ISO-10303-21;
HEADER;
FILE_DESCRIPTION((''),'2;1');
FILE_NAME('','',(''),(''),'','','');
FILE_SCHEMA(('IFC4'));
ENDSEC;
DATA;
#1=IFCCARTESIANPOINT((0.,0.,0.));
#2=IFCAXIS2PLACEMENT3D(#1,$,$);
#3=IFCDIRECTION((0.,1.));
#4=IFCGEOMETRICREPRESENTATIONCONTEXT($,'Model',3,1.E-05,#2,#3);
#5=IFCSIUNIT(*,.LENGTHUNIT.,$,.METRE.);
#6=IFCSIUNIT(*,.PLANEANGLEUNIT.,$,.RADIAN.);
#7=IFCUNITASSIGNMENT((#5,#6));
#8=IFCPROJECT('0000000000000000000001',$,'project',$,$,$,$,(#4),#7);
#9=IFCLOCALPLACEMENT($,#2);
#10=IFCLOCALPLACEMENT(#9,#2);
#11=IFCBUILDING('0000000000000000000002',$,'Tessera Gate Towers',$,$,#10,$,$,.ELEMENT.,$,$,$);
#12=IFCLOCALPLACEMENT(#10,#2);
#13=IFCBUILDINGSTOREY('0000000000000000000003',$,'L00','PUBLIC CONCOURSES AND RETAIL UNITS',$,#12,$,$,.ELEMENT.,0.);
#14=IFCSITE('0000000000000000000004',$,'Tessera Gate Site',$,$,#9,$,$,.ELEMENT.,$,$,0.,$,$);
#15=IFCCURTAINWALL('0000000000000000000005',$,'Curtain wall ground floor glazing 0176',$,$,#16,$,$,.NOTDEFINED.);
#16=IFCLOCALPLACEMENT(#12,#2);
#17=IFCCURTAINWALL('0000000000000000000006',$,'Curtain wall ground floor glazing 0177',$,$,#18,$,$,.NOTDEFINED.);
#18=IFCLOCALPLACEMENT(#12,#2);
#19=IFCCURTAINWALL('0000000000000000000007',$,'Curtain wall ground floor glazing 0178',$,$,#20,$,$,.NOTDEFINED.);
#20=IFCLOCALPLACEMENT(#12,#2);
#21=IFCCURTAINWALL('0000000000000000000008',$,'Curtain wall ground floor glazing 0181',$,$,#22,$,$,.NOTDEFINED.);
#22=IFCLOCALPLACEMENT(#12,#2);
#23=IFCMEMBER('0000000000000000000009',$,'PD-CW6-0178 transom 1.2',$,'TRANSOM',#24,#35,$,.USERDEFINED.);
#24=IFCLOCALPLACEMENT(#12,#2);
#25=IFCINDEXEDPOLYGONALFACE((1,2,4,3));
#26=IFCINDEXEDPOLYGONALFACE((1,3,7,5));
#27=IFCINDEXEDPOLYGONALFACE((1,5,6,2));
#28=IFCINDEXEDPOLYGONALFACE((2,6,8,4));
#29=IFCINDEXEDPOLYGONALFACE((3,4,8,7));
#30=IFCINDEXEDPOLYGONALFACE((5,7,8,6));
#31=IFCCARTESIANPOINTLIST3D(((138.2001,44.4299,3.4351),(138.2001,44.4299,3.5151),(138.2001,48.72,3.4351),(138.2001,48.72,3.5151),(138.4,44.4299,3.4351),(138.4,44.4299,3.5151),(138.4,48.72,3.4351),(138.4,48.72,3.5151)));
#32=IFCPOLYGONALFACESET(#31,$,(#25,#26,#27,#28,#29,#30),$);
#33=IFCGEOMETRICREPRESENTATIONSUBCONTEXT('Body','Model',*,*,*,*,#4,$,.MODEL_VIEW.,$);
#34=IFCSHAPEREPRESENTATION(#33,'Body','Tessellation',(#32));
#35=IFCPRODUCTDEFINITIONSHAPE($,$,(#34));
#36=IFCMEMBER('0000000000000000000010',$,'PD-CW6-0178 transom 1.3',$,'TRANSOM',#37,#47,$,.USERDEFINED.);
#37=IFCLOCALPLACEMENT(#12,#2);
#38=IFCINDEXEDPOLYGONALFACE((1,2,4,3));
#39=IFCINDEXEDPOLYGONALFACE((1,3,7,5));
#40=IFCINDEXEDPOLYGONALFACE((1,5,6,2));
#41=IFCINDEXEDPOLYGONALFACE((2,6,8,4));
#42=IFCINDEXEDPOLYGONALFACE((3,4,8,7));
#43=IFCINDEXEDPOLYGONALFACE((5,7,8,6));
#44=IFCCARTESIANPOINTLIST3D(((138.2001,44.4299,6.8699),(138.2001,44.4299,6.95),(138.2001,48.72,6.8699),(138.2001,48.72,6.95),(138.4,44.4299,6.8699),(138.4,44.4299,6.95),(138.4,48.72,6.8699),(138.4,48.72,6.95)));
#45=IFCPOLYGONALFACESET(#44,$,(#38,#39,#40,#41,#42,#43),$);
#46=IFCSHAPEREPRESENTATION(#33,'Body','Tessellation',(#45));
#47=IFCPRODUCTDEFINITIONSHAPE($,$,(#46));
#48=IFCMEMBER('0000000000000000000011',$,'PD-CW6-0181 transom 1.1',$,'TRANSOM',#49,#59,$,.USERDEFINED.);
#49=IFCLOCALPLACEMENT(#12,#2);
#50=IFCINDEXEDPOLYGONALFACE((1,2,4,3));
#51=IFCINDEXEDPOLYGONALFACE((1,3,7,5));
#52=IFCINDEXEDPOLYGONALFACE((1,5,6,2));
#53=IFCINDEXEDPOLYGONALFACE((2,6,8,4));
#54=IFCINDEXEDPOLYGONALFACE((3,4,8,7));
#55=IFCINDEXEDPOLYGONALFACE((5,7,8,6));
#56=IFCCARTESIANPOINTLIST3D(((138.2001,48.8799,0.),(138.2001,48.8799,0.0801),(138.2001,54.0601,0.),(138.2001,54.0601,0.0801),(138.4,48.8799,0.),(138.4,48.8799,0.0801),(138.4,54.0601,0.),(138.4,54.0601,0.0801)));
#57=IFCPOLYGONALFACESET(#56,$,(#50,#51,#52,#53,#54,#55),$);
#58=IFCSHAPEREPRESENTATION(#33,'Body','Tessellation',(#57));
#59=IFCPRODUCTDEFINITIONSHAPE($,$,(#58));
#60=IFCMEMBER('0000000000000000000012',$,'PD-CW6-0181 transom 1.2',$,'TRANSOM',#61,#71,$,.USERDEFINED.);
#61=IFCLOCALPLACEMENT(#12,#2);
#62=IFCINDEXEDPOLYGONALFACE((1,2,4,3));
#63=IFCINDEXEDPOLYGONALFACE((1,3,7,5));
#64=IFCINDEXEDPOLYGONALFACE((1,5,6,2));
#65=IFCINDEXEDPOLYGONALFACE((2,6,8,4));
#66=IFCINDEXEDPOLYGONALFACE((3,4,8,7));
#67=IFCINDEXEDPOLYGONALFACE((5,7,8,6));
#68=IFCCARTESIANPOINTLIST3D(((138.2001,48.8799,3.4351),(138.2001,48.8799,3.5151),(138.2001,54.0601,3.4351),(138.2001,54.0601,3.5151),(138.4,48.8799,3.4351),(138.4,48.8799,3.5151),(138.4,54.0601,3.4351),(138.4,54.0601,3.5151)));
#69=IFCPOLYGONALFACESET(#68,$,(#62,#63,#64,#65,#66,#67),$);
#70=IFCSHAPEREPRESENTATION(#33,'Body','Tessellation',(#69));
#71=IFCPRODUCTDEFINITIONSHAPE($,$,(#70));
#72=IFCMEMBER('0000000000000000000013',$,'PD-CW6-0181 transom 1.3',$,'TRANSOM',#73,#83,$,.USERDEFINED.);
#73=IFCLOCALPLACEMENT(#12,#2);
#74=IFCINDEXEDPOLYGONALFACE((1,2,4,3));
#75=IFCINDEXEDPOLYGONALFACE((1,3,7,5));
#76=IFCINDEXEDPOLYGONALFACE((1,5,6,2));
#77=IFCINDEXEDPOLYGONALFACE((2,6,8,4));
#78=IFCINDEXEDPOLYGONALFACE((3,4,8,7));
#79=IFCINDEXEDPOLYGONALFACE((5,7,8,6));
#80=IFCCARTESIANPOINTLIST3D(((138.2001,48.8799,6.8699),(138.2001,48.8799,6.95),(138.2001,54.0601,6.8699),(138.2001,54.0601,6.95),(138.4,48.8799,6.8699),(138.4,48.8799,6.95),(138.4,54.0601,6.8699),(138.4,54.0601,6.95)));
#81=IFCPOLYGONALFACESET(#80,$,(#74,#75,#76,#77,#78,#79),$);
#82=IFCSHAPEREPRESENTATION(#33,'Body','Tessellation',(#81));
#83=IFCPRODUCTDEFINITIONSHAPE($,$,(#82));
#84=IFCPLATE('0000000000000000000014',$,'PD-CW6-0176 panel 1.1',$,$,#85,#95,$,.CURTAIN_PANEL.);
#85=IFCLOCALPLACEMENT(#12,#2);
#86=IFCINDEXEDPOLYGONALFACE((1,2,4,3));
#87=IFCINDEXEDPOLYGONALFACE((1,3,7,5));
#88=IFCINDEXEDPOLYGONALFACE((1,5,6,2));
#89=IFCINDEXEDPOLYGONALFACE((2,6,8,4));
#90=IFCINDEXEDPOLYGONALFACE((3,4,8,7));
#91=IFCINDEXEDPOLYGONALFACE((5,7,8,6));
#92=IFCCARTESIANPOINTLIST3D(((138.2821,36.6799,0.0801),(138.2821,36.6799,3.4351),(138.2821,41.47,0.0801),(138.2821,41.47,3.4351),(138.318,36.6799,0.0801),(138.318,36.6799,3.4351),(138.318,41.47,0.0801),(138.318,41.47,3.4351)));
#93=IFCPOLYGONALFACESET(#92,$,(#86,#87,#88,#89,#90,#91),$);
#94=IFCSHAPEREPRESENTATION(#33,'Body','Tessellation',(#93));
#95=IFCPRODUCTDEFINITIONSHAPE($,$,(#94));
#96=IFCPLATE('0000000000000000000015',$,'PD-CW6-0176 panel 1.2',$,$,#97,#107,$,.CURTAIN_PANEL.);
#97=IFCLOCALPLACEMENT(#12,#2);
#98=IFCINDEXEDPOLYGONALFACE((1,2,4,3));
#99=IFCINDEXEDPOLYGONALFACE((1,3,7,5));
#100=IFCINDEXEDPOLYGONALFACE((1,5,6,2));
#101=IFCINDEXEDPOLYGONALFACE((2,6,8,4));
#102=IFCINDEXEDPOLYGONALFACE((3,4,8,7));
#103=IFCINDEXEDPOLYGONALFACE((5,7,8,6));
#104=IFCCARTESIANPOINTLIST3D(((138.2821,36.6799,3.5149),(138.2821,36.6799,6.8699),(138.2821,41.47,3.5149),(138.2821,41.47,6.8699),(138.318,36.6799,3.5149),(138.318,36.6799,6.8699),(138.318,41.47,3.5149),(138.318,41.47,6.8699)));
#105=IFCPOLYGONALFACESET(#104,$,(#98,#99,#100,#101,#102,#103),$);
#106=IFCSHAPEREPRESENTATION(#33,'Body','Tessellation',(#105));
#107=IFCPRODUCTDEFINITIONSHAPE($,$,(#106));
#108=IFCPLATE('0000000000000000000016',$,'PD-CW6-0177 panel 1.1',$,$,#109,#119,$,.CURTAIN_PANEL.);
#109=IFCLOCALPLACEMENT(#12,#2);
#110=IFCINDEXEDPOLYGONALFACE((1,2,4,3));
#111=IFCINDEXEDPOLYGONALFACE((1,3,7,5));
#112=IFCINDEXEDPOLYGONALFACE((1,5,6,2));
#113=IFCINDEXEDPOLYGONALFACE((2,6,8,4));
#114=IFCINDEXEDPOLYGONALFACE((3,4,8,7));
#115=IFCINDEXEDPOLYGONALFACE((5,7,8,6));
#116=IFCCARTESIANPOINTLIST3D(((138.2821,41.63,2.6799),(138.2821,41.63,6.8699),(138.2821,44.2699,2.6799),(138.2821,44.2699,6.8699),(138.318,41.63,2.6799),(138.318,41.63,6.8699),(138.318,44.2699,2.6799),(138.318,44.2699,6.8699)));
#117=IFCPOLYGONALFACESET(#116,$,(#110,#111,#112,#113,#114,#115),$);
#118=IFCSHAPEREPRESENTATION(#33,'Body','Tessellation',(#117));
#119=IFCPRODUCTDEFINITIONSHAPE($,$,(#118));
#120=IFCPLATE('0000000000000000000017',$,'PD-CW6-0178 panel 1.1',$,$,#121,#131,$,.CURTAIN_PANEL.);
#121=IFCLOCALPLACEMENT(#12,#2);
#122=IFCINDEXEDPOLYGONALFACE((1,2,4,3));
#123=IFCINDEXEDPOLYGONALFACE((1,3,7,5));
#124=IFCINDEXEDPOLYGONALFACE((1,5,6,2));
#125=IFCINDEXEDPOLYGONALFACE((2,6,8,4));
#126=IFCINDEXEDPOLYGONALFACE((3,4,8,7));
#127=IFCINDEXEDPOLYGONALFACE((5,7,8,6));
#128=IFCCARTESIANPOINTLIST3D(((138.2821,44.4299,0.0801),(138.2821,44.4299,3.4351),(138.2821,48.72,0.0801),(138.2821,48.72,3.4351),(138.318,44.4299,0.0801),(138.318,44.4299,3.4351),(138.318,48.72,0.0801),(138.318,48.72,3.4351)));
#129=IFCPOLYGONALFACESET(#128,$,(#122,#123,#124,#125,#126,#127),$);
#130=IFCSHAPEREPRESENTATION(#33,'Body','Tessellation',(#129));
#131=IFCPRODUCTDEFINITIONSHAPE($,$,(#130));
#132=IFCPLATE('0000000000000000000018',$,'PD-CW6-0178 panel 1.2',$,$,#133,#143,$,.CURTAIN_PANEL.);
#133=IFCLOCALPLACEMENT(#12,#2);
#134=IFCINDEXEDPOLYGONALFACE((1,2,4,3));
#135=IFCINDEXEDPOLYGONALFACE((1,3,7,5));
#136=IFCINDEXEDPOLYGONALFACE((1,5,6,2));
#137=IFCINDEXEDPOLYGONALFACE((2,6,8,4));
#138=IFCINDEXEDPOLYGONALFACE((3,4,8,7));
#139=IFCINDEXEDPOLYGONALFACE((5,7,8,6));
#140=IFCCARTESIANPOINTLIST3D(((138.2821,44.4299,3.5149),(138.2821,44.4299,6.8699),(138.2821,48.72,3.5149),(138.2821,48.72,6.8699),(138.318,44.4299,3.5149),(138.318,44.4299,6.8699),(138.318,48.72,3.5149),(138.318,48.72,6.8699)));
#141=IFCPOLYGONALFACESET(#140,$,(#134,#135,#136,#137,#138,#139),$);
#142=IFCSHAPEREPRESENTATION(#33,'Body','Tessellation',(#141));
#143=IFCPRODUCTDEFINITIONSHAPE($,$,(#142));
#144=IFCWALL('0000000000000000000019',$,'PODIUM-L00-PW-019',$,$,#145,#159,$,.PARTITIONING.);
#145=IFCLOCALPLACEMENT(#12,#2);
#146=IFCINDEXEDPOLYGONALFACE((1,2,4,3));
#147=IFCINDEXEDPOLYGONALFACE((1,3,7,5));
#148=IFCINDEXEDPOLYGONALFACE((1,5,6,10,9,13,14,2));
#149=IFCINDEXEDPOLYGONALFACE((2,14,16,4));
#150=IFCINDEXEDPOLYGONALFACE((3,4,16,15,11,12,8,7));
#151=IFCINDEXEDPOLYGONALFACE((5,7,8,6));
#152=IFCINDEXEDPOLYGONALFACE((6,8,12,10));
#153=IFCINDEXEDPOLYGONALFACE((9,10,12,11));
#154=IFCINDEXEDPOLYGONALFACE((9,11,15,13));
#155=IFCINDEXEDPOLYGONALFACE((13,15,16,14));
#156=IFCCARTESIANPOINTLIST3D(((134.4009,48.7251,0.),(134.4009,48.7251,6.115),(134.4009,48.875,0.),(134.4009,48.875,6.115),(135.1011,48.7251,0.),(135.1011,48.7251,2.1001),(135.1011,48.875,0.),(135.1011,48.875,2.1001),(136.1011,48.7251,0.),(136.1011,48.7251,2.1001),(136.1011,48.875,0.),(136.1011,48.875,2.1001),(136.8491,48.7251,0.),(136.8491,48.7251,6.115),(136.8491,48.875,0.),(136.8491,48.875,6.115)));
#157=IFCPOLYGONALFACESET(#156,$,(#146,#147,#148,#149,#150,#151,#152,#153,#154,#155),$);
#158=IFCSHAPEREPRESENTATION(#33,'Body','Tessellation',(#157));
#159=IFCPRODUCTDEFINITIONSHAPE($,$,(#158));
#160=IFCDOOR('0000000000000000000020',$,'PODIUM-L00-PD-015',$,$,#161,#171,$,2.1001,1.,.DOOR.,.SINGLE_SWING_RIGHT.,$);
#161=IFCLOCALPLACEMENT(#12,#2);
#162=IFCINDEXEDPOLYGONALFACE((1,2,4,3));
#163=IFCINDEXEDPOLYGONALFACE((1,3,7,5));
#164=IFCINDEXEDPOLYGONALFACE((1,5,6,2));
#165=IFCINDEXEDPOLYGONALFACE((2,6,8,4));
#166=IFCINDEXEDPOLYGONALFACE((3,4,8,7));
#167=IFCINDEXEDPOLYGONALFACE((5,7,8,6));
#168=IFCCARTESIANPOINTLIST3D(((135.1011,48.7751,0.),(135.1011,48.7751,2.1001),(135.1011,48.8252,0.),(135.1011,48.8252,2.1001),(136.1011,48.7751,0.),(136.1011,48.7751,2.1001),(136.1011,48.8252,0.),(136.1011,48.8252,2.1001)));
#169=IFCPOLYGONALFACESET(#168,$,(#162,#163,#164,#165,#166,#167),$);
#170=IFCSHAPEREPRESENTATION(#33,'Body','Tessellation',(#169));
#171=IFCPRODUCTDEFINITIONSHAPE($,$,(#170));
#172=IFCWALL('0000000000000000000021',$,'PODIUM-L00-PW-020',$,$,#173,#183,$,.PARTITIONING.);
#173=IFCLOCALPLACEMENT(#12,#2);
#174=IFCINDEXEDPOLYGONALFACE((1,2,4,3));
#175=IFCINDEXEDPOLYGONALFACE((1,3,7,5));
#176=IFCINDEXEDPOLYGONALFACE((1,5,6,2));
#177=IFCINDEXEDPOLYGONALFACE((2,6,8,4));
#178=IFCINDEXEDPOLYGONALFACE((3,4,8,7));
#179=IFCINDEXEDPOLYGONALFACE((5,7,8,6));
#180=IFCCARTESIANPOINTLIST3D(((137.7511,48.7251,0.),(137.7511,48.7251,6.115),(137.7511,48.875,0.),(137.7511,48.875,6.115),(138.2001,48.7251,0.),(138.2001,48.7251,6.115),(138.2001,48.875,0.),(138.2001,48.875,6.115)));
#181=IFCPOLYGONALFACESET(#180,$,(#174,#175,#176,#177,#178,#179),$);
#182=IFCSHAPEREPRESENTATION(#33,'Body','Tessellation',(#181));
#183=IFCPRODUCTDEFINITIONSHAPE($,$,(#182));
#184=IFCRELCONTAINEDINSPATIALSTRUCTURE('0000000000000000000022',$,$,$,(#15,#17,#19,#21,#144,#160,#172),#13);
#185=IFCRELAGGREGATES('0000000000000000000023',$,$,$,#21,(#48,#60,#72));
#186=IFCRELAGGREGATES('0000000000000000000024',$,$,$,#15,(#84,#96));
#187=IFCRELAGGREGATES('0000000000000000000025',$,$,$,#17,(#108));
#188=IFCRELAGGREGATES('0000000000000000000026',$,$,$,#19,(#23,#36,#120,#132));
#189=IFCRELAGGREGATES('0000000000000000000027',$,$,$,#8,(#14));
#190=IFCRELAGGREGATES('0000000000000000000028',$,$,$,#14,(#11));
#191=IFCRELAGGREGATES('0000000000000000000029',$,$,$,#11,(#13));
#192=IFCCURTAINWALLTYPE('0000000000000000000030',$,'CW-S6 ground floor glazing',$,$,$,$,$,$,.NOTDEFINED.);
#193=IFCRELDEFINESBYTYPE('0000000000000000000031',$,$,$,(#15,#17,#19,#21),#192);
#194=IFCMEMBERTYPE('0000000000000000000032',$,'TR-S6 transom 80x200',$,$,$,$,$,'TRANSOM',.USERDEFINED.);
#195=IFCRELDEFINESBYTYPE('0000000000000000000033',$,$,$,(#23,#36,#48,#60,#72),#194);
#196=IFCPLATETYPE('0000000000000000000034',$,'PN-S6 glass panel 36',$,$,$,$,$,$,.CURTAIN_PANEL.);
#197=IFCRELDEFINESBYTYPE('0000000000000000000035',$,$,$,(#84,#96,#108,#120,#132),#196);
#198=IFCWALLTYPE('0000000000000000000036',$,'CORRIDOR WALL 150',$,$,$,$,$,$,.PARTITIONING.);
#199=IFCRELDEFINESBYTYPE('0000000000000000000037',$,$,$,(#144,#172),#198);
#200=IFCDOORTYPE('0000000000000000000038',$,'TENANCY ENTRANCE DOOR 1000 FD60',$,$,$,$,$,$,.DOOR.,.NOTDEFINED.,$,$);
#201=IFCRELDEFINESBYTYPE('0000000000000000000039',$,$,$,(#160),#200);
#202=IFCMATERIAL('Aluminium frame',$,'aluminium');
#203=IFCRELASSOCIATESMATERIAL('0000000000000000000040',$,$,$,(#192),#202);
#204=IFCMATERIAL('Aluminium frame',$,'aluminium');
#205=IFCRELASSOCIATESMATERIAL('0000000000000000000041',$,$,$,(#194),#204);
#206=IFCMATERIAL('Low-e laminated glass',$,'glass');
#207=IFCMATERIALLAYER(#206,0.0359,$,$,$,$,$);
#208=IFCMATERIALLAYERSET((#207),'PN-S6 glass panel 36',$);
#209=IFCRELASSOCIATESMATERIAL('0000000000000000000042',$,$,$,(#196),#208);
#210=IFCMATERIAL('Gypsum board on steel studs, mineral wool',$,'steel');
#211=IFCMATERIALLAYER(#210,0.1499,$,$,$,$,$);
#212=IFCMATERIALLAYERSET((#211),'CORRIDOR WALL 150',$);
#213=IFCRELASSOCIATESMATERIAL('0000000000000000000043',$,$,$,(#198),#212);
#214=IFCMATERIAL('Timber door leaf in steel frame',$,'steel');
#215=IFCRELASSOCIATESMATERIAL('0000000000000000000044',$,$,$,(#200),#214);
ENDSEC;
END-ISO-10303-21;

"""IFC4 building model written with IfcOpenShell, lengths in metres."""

from ifc_helpers import new_model, si_unit, direction, frame, frame_2d, origin, origin_2d, place, context, subcontext, project, spatial, rectangle, extrude, source, transform, mapped, material, layer, layer_set, material_profile, profile_set, type_object, element, fill, aggregate, save


model = new_model("IFC4")

# Units and contexts
model_context = context("Model", 3, precision=1e-05, world=origin(), true_north=direction((0.0, 1.0)))
body_context = subcontext(model_context, "Body", "Model", "MODEL_VIEW")
ifc_project = project(units=[si_unit("LENGTHUNIT", "METRE"), si_unit("PLANEANGLEUNIT", "RADIAN")], contexts=[model_context])

# Site, building, storey
site_placement = place(None, origin())
site = spatial("IfcSite", under=ifc_project, at=site_placement, Name="Tessera Gate Site", CompositionType="ELEMENT", RefElevation=0.0)
building_placement = place(site_placement, origin())
building = spatial("IfcBuilding", under=site, at=building_placement, Name="Tessera Gate Towers", CompositionType="ELEMENT")
storey_placement = place(building_placement, origin())
storey = spatial("IfcBuildingStorey", under=building, at=storey_placement, Name="L00", Description="PUBLIC CONCOURSES AND RETAIL UNITS", CompositionType="ELEMENT", Elevation=0.0)

# Curtain wall
ifc_material_1 = material(Name="Aluminium frame", Category="aluminium")
curtain_wall_type = type_object("IfcCurtainWallType", Name="CW-S6 ground floor glazing", PredefinedType="NOTDEFINED", material=ifc_material_1)
curtain_wall_1_placement = place(storey_placement, origin())
curtain_wall_1 = element("IfcCurtainWall", 1, at=curtain_wall_1_placement, inside=storey, type_object=curtain_wall_type, Name="Curtain wall ground floor glazing 0176", PredefinedType="NOTDEFINED")

# Curtain walls
curtain_wall_2_placement = place(storey_placement, origin())
curtain_wall_2 = element("IfcCurtainWall", 2, at=curtain_wall_2_placement, inside=storey, type_object=curtain_wall_type, Name="Curtain wall ground floor glazing 0177", PredefinedType="NOTDEFINED")
curtain_wall_3_placement = place(storey_placement, origin())
curtain_wall_3 = element("IfcCurtainWall", 3, at=curtain_wall_3_placement, inside=storey, type_object=curtain_wall_type, Name="Curtain wall ground floor glazing 0178", PredefinedType="NOTDEFINED")

# Curtain wall
curtain_wall_4_placement = place(storey_placement, origin())
curtain_wall_4 = element("IfcCurtainWall", 4, at=curtain_wall_4_placement, inside=storey, type_object=curtain_wall_type, Name="Curtain wall ground floor glazing 0181", PredefinedType="NOTDEFINED")

# Members
ifc_material_2 = material(Name="Aluminium frame", Category="aluminium")
ifc_material_profile_1 = material_profile(ifc_material_2, rectangle(XDim=0.2, YDim=0.0801, at=origin_2d()), Name="AL 80x200")
ifc_profile_set_1 = profile_set([ifc_material_profile_1], Name="Aluminium frame")
member_type_1 = type_object("IfcMemberType", Name="TR-S6 transom 80x200", ElementType="TRANSOM", PredefinedType="USERDEFINED", material=ifc_profile_set_1)
member_1_placement = place(storey_placement, frame((138.3, 44.4299, 3.4751), z_axis=(0.0, 1.0, 0.0), x_axis=(-1.0, 0.0, 0.0)))
member_1 = element("IfcMember", 5, at=member_1_placement, type_object=member_type_1, Name="PD-CW6-0178 transom 1.2", ObjectType="TRANSOM", PredefinedType="USERDEFINED", context=body_context, shape_type="SweptSolid", body=[
    extrude(rectangle(XDim=0.2, YDim=0.0801, at=origin_2d()), origin(), (0.0, 0.0, 1.0), 4.29),
])
member_2_placement = place(storey_placement, frame((138.3, 44.4299, 6.9099), z_axis=(0.0, 1.0, 0.0), x_axis=(-1.0, 0.0, 0.0)))
member_2 = element("IfcMember", 6, at=member_2_placement, type_object=member_type_1, Name="PD-CW6-0178 transom 1.3", ObjectType="TRANSOM", PredefinedType="USERDEFINED", context=body_context, shape_type="SweptSolid", body=[
    extrude(rectangle(XDim=0.2, YDim=0.0801, at=origin_2d()), origin(), (0.0, 0.0, 1.0), 4.29),
])
member_3_placement = place(storey_placement, frame((138.3, 48.8799, 0.04), z_axis=(0.0, 1.0, 0.0), x_axis=(-1.0, 0.0, 0.0)))
member_3 = element("IfcMember", 7, at=member_3_placement, type_object=member_type_1, Name="PD-CW6-0181 transom 1.1", ObjectType="TRANSOM", PredefinedType="USERDEFINED", context=body_context, shape_type="SweptSolid", body=[
    extrude(rectangle(XDim=0.2, YDim=0.0801, at=origin_2d()), origin(), (0.0, 0.0, 1.0), 5.1802),
])
member_4_placement = place(storey_placement, frame((138.3, 48.8799, 3.4751), z_axis=(0.0, 1.0, 0.0), x_axis=(-1.0, 0.0, 0.0)))
member_4 = element("IfcMember", 8, at=member_4_placement, type_object=member_type_1, Name="PD-CW6-0181 transom 1.2", ObjectType="TRANSOM", PredefinedType="USERDEFINED", context=body_context, shape_type="SweptSolid", body=[
    extrude(rectangle(XDim=0.2, YDim=0.0801, at=origin_2d()), origin(), (0.0, 0.0, 1.0), 5.1802),
])
member_5_placement = place(storey_placement, frame((138.3, 48.8799, 6.9099), z_axis=(0.0, 1.0, 0.0), x_axis=(-1.0, 0.0, 0.0)))
member_5 = element("IfcMember", 9, at=member_5_placement, type_object=member_type_1, Name="PD-CW6-0181 transom 1.3", ObjectType="TRANSOM", PredefinedType="USERDEFINED", context=body_context, shape_type="SweptSolid", body=[
    extrude(rectangle(XDim=0.2, YDim=0.0801, at=origin_2d()), origin(), (0.0, 0.0, 1.0), 5.1802),
])
aggregate(curtain_wall_4, [member_3, member_4, member_5])

# Plates
ifc_material_3 = material(Name="Low-e laminated glass", Category="glass")
ifc_layer_1 = layer(ifc_material_3, 0.0359)
ifc_layer_set_1 = layer_set([ifc_layer_1], Name="PN-S6 glass panel 36")
plate_type = type_object("IfcPlateType", Name="PN-S6 glass panel 36", PredefinedType="CURTAIN_PANEL", material=ifc_layer_set_1)
plate_1_placement = place(storey_placement, frame((138.3, 39.075, 0.0801), z_axis=(0.0, 0.0, 1.0), x_axis=(0.0, 1.0, 0.0)))
plate_1 = element("IfcPlate", 10, at=plate_1_placement, type_object=plate_type, Name="PD-CW6-0176 panel 1.1", PredefinedType="CURTAIN_PANEL", context=body_context, shape_type="SweptSolid", body=[
    extrude(rectangle(XDim=4.79, YDim=0.0359, at=origin_2d()), origin(), (0.0, 0.0, 1.0), 3.355),
])
plate_2_placement = place(storey_placement, frame((138.3, 39.075, 3.5149), z_axis=(0.0, 0.0, 1.0), x_axis=(0.0, 1.0, 0.0)))
plate_2 = element("IfcPlate", 11, at=plate_2_placement, type_object=plate_type, Name="PD-CW6-0176 panel 1.2", PredefinedType="CURTAIN_PANEL", context=body_context, shape_type="SweptSolid", body=[
    extrude(rectangle(XDim=4.79, YDim=0.0359, at=origin_2d()), origin(), (0.0, 0.0, 1.0), 3.355),
])
aggregate(curtain_wall_1, [plate_1, plate_2])
plate_3_placement = place(storey_placement, frame((138.3, 42.95, 2.6799), z_axis=(0.0, 0.0, 1.0), x_axis=(0.0, 1.0, 0.0)))
plate_3 = element("IfcPlate", 12, at=plate_3_placement, type_object=plate_type, Name="PD-CW6-0177 panel 1.1", PredefinedType="CURTAIN_PANEL", context=body_context, shape_type="SweptSolid", body=[
    extrude(rectangle(XDim=2.6399, YDim=0.0359, at=origin_2d()), origin(), (0.0, 0.0, 1.0), 4.1899),
])
aggregate(curtain_wall_2, [plate_3])
plate_4_placement = place(storey_placement, frame((138.3, 46.575, 0.0801), z_axis=(0.0, 0.0, 1.0), x_axis=(0.0, 1.0, 0.0)))
plate_4 = element("IfcPlate", 13, at=plate_4_placement, type_object=plate_type, Name="PD-CW6-0178 panel 1.1", PredefinedType="CURTAIN_PANEL", context=body_context, shape_type="SweptSolid", body=[
    extrude(rectangle(XDim=4.29, YDim=0.0359, at=origin_2d()), origin(), (0.0, 0.0, 1.0), 3.355),
])
plate_5_placement = place(storey_placement, frame((138.3, 46.575, 3.5149), z_axis=(0.0, 0.0, 1.0), x_axis=(0.0, 1.0, 0.0)))
plate_5 = element("IfcPlate", 14, at=plate_5_placement, type_object=plate_type, Name="PD-CW6-0178 panel 1.2", PredefinedType="CURTAIN_PANEL", context=body_context, shape_type="SweptSolid", body=[
    extrude(rectangle(XDim=4.29, YDim=0.0359, at=origin_2d()), origin(), (0.0, 0.0, 1.0), 3.355),
])
aggregate(curtain_wall_3, [member_1, member_2, plate_4, plate_5])

# Wall, opening, door
ifc_material_4 = material(Name="Gypsum board on steel studs, mineral wool", Category="steel")
ifc_layer_2 = layer(ifc_material_4, 0.1499)
ifc_layer_set_2 = layer_set([ifc_layer_2], Name="CORRIDOR WALL 150")
wall_type_1 = type_object("IfcWallType", Name="CORRIDOR WALL 150", PredefinedType="PARTITIONING", material=ifc_layer_set_2)
wall_1_placement = place(storey_placement, frame((136.8491, 48.8, 0.0), z_axis=(0.0, 0.0, 1.0), x_axis=(-1.0, 0.0, 0.0)))
wall_1 = element("IfcWall", 15, at=wall_1_placement, inside=storey, type_object=wall_type_1, Name="PODIUM-L00-PW-019", PredefinedType="PARTITIONING", context=body_context, shape_type="SweptSolid", body=[
    extrude(rectangle(XDim=2.4482, YDim=0.1499, at=frame_2d((1.2241, 0.0))), origin(), (0.0, 0.0, 1.0), 6.115),
])
shared_shape_1 = source(origin(), body_context, "Body", "SweptSolid", [
    extrude(rectangle(XDim=1.0, YDim=2.1001, at=frame_2d((0.5, 1.05))), frame((0.0, 0.085, 0.0), z_axis=(0.0, -1.0, 0.0), x_axis=(1.0, 0.0, 0.0)), (0.0, 0.0, 1.0), 0.1699),
])
opening_1_placement = place(wall_1_placement, frame((0.748, 0.0, 0.0)))
opening_1 = element("IfcOpeningElement", 16, at=opening_1_placement, cuts=wall_1, PredefinedType="OPENING", context=body_context, shape_type="MappedRepresentation", body=[
    mapped(shared_shape_1, transform((0.0, 0.0, 0.0), scale=1.0)),
])
ifc_material_5 = material(Name="Timber door leaf in steel frame", Category="steel")
door_type_1 = type_object("IfcDoorType", Name="TENANCY ENTRANCE DOOR 1000 FD60", OperationType="NOTDEFINED", PredefinedType="DOOR", material=ifc_material_5)
shared_shape_2 = source(origin(), body_context, "Body", "SweptSolid", [
    extrude(rectangle(XDim=1.0, YDim=2.1001, at=frame_2d((0.5, 1.05))), frame((0.0, 0.0249, 0.0), z_axis=(0.0, -1.0, 0.0), x_axis=(1.0, 0.0, 0.0)), (0.0, 0.0, 1.0), 0.05),
])
door_1_placement = place(opening_1_placement, origin())
door_1 = element("IfcDoor", 17, at=door_1_placement, inside=storey, type_object=door_type_1, Name="PODIUM-L00-PD-015", OperationType="SINGLE_SWING_RIGHT", OverallHeight=2.1001, OverallWidth=1.0, PredefinedType="DOOR", context=body_context, shape_type="MappedRepresentation", body=[
    mapped(shared_shape_2, transform((0.0, 0.0, 0.0), scale=1.0)),
])
fill(opening_1, door_1)

# Wall
wall_2_placement = place(storey_placement, frame((137.751, 48.8, 0.0), z_axis=(0.0, 0.0, 1.0), x_axis=(1.0, 0.0, 0.0)))
element("IfcWall", 18, at=wall_2_placement, inside=storey, type_object=wall_type_1, Name="PODIUM-L00-PW-020", PredefinedType="PARTITIONING", context=body_context, shape_type="SweptSolid", body=[
    extrude(rectangle(XDim=0.449, YDim=0.1499, at=frame_2d((0.2246, 0.0))), origin(), (0.0, 0.0, 1.0), 6.115),
])

save(model, "model.ifc")
